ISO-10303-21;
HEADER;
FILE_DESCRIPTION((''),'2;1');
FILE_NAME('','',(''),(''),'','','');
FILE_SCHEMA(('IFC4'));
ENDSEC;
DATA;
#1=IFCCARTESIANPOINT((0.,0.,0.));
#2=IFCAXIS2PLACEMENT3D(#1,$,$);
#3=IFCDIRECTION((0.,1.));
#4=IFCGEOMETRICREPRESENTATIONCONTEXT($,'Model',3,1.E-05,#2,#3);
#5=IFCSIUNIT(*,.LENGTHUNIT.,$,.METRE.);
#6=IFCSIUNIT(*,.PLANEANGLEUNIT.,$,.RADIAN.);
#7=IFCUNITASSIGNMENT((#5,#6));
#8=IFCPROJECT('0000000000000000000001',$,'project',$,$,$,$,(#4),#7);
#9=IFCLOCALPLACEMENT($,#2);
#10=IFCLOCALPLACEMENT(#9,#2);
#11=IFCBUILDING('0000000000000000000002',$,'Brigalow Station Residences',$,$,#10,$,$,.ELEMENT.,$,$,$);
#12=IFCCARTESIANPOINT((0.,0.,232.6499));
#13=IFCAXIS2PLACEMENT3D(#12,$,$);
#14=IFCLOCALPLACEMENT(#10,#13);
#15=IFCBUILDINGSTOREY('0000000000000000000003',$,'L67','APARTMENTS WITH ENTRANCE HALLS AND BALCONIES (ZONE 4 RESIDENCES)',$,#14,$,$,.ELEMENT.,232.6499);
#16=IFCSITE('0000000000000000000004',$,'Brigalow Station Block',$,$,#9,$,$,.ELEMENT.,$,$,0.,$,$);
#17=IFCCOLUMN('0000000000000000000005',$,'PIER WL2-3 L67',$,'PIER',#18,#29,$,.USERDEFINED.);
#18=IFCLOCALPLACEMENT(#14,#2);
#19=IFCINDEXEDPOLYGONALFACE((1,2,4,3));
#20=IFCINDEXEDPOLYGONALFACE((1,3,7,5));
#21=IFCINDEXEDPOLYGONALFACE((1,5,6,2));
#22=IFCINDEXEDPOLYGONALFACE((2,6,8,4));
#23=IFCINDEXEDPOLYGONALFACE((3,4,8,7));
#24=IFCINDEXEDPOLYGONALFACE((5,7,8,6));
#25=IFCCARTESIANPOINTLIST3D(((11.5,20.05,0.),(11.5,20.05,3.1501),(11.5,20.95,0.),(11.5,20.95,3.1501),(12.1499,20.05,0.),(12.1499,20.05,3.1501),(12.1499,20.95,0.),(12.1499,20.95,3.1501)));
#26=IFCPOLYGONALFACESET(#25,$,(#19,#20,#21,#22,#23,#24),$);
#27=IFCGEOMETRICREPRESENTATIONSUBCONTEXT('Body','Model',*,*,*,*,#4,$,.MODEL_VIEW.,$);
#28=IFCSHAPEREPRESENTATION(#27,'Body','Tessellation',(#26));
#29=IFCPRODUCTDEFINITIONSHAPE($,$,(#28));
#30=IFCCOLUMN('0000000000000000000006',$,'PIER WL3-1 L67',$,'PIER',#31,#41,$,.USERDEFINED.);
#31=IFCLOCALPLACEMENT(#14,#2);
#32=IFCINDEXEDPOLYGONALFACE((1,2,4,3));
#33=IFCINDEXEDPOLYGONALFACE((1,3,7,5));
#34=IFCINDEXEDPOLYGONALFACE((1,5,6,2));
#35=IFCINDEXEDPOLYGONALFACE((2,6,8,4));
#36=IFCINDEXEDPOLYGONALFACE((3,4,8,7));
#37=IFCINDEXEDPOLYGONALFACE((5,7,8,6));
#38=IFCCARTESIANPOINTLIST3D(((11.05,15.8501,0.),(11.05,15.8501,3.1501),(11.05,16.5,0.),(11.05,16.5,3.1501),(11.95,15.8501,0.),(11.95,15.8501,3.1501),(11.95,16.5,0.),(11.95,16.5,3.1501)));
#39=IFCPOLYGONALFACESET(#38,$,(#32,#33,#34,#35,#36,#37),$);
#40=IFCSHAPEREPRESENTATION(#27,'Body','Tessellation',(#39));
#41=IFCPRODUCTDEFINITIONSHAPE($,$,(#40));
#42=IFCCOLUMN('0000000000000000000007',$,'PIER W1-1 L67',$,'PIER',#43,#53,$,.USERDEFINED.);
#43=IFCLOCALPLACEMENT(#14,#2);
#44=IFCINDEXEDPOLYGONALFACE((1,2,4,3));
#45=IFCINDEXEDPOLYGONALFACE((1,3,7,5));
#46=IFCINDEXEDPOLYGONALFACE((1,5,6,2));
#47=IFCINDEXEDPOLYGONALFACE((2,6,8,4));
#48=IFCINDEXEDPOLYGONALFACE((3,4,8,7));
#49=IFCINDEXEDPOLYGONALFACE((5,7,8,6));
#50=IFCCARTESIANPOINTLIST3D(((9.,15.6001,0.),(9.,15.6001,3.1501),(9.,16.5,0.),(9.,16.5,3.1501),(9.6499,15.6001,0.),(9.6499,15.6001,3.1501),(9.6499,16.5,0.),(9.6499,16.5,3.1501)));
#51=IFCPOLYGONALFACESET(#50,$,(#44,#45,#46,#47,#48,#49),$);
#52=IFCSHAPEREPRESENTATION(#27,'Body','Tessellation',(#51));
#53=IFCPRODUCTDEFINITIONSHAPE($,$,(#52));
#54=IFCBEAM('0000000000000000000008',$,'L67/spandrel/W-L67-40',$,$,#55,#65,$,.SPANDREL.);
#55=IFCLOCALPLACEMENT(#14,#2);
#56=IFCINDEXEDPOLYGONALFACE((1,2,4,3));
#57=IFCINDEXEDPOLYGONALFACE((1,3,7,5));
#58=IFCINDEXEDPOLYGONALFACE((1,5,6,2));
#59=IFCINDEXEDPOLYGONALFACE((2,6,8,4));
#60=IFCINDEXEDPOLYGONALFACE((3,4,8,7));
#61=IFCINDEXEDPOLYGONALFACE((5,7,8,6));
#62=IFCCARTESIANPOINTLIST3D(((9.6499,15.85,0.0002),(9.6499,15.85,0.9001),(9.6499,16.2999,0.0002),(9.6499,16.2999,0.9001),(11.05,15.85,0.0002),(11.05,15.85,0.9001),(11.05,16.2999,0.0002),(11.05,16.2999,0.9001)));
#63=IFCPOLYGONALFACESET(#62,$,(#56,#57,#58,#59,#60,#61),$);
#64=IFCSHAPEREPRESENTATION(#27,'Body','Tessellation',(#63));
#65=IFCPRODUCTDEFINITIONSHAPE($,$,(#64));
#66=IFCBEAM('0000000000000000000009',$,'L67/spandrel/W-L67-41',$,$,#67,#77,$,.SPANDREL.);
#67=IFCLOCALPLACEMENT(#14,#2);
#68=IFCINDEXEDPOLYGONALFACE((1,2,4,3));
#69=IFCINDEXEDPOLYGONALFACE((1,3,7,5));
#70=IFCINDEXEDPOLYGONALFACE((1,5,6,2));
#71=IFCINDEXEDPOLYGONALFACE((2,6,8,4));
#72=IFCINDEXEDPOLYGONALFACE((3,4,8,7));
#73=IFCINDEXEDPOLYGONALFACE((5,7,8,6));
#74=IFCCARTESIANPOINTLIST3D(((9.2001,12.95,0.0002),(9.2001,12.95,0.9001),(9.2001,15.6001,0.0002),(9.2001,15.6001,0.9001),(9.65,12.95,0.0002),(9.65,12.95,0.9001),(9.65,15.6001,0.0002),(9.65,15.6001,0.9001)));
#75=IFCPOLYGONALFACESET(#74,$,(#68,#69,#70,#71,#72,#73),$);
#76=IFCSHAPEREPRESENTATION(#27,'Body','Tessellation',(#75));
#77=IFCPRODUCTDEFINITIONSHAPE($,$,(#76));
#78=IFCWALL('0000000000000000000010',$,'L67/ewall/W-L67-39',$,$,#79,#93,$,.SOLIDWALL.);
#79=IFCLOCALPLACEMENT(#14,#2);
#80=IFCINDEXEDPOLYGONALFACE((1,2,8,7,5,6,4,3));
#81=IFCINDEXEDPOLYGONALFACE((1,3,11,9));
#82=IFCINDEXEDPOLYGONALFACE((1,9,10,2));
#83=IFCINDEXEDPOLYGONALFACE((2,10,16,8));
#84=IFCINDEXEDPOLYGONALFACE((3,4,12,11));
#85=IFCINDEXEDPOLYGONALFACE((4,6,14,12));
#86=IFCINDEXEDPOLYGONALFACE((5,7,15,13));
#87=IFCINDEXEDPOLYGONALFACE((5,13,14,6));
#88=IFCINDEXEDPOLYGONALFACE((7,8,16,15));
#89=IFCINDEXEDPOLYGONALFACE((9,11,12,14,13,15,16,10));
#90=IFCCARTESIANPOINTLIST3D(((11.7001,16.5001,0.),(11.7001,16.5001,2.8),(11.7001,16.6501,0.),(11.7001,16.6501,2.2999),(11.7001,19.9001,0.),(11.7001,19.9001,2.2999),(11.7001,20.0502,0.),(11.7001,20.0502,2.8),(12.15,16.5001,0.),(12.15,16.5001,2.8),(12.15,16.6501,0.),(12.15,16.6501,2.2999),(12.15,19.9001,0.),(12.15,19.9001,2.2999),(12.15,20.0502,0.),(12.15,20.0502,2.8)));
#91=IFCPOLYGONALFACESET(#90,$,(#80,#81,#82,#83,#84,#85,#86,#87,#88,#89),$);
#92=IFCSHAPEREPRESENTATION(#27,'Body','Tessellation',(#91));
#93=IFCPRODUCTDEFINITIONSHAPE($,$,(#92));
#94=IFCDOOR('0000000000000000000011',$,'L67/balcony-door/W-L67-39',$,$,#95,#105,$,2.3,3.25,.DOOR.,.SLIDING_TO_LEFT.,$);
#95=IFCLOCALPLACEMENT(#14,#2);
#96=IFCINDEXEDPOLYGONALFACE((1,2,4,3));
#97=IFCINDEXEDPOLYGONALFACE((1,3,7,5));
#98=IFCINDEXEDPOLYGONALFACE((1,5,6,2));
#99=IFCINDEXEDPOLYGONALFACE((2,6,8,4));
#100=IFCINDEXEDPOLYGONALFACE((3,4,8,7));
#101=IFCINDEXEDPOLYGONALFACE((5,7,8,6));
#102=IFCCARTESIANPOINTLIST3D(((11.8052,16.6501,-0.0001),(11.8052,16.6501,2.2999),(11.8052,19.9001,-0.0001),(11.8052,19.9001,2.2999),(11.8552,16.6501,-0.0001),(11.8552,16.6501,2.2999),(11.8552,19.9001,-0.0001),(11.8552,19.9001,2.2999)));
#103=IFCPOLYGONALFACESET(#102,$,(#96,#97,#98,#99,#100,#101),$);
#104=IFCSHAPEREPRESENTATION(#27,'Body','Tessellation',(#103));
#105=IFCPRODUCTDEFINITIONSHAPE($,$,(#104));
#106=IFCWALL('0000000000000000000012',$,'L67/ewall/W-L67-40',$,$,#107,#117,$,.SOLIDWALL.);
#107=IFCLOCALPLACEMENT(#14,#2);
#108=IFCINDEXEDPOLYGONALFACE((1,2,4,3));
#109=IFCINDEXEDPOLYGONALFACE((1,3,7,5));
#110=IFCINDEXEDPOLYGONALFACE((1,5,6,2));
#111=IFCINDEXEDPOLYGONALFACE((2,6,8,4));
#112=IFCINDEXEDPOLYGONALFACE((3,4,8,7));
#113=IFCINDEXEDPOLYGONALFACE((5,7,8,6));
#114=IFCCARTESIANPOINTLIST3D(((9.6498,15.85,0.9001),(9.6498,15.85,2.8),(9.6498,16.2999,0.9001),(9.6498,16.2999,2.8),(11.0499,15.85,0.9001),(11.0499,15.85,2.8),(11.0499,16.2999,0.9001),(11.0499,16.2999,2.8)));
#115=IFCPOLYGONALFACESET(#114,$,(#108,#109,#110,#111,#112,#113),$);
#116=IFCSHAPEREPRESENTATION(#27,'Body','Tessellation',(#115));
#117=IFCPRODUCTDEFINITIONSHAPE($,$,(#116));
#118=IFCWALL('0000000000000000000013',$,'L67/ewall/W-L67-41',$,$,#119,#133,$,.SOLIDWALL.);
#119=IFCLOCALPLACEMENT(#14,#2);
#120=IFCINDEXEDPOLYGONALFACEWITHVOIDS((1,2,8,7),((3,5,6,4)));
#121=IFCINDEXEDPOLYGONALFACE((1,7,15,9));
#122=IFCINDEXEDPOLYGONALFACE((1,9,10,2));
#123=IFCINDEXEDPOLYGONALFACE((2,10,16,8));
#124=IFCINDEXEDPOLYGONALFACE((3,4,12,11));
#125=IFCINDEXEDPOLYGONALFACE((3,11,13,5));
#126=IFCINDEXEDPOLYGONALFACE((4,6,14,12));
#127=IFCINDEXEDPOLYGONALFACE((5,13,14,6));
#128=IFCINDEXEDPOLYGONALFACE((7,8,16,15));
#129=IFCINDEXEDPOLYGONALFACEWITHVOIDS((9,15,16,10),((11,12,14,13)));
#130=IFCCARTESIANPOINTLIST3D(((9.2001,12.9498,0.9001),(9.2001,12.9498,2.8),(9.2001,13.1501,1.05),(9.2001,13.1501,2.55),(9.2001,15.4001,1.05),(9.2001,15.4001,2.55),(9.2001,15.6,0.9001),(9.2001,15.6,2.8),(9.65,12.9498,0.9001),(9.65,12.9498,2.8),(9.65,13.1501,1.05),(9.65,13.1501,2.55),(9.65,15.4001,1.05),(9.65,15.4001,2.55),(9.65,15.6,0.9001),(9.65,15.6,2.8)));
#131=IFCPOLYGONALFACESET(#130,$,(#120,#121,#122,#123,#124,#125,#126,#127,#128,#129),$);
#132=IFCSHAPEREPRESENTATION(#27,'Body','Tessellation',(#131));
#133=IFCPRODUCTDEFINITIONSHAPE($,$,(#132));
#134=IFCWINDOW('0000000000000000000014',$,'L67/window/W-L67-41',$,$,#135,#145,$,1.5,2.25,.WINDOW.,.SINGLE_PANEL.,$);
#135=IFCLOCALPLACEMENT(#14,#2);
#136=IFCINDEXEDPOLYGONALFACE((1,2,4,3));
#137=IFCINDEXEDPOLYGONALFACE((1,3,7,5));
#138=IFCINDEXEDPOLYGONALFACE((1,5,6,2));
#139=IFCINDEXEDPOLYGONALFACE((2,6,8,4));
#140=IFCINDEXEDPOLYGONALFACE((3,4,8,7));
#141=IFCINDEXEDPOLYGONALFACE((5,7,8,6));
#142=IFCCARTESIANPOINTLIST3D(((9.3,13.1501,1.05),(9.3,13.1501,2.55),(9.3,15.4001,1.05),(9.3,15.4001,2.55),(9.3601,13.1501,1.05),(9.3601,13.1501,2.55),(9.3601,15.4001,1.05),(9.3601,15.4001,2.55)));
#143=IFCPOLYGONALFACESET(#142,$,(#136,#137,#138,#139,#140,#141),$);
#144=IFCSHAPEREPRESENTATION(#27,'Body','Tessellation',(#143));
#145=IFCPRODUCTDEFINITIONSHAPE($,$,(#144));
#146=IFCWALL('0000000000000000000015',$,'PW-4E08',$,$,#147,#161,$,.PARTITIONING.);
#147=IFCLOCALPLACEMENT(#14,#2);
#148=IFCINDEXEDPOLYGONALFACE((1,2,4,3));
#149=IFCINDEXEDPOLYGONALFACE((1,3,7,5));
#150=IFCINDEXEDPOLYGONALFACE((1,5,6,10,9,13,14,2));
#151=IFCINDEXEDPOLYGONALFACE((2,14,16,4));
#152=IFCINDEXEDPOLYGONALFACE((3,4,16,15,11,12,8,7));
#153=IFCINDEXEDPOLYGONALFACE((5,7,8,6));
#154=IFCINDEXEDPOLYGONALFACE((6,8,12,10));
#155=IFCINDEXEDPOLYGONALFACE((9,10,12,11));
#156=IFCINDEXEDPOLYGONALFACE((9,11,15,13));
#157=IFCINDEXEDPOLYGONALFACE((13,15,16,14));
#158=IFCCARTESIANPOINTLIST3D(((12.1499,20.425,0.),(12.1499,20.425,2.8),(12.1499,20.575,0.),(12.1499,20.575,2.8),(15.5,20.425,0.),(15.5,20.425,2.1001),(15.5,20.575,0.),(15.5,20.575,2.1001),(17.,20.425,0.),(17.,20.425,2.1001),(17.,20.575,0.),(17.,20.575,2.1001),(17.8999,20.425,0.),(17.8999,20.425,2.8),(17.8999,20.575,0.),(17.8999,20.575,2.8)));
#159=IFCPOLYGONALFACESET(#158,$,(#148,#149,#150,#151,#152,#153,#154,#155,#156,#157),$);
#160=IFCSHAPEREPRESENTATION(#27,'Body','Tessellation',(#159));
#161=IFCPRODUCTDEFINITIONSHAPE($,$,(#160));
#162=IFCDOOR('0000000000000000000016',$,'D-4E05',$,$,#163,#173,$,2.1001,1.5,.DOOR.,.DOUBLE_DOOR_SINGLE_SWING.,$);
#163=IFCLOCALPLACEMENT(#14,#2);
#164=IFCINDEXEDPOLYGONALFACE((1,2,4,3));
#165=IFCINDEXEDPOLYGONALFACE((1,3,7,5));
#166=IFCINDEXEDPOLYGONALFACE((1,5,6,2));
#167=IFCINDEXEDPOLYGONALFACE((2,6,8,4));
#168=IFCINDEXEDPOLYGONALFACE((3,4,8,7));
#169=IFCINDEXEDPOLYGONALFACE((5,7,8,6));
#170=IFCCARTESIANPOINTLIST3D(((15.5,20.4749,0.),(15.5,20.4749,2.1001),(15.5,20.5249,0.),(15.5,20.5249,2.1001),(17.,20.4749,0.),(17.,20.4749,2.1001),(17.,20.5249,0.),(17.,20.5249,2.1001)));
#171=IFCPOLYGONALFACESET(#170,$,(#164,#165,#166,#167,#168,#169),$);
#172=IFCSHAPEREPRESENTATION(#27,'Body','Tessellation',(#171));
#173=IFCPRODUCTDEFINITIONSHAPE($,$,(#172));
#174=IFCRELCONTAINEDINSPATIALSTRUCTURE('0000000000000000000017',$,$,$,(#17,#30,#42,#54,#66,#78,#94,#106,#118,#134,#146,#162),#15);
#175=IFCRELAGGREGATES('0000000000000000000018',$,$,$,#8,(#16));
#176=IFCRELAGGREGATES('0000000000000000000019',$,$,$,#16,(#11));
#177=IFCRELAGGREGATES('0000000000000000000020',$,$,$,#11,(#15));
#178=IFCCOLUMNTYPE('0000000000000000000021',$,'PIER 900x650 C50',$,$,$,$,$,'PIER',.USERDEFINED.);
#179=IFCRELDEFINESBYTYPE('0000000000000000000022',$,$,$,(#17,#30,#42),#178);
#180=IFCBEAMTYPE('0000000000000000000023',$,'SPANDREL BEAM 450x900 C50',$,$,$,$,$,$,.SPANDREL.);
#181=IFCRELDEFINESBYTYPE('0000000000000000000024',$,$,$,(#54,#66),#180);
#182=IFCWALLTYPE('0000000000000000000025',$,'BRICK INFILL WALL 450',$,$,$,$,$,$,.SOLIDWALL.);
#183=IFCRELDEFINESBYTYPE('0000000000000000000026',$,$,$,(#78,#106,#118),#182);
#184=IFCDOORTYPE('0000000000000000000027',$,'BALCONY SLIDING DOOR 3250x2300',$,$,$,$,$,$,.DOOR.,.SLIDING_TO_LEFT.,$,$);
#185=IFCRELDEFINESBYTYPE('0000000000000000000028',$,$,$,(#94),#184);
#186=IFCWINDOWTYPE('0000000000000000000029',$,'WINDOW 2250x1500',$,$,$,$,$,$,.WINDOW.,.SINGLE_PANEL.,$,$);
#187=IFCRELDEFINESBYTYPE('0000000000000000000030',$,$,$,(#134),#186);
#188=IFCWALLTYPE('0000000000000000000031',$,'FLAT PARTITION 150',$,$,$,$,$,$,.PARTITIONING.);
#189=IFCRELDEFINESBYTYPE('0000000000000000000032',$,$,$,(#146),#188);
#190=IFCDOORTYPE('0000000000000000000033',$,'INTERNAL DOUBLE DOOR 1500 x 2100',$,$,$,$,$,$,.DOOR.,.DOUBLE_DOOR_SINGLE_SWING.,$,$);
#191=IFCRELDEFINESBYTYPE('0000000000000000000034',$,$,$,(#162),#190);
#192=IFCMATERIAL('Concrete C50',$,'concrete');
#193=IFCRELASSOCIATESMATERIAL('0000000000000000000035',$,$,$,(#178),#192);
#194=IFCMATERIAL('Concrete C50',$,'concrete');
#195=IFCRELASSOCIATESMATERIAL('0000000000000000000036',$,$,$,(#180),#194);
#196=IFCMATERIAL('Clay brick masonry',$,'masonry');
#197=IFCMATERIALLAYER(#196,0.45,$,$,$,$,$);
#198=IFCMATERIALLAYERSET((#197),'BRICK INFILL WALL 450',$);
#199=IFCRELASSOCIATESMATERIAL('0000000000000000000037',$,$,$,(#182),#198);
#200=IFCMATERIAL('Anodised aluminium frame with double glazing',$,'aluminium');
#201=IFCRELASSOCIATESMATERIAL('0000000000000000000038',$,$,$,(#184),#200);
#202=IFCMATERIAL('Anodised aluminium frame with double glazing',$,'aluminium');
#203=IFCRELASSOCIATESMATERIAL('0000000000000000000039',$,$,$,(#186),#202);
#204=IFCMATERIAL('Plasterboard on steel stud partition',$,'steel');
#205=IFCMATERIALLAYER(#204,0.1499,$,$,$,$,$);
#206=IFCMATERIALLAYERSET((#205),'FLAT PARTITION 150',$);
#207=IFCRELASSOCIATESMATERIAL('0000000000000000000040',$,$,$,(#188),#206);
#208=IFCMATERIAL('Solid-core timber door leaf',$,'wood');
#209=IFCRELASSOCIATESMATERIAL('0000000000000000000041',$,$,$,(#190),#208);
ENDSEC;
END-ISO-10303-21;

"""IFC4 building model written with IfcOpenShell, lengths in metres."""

from ifc_helpers import new_model, si_unit, direction, frame, frame_2d, origin, origin_2d, place, context, subcontext, project, spatial, rectangle, extrude, material, layer, layer_set, material_profile, profile_set, type_object, element, fill, save


model = new_model("IFC4")

# Units and contexts
model_context = context("Model", 3, precision=1e-05, world=origin(), true_north=direction((0.0, 1.0)))
body_context = subcontext(model_context, "Body", "Model", "MODEL_VIEW")
ifc_project = project(units=[si_unit("LENGTHUNIT", "METRE"), si_unit("PLANEANGLEUNIT", "RADIAN")], contexts=[model_context])

# Site, building, storey
site_placement = place(None, origin())
site = spatial("IfcSite", under=ifc_project, at=site_placement, Name="Brigalow Station Block", CompositionType="ELEMENT", RefElevation=0.0)
building_placement = place(site_placement, origin())
building = spatial("IfcBuilding", under=site, at=building_placement, Name="Brigalow Station Residences", CompositionType="ELEMENT")
storey_placement = place(building_placement, frame((0.0, 0.0, 232.6499)))
storey = spatial("IfcBuildingStorey", under=building, at=storey_placement, Name="L67", Description="APARTMENTS WITH ENTRANCE HALLS AND BALCONIES (ZONE 4 RESIDENCES)", CompositionType="ELEMENT", Elevation=232.6499)

# Columns
ifc_material_1 = material(Name="Concrete C50", Category="concrete")
ifc_material_profile_1 = material_profile(ifc_material_1, rectangle(XDim=0.8999, YDim=0.6499, at=origin_2d()), Name="RC900x650")
ifc_profile_set_1 = profile_set([ifc_material_profile_1], Name="Concrete C50")
column_type = type_object("IfcColumnType", Name="PIER 900x650 C50", ElementType="PIER", PredefinedType="USERDEFINED", material=ifc_profile_set_1)
for number, where, z_axis, x_axis, name in (
    (1, (11.825, 20.5, 0.0), (0.0, 0.0, 1.0), (0.0, -1.0, 0.0), "PIER WL2-3 L67"),
    (2, (11.5, 16.175, 0.0), (0.0, 0.0, 1.0), (-1.0, 0.0, 0.0), "PIER WL3-1 L67"),
    (3, (9.325, 16.05, 0.0), (0.0, 0.0, 1.0), (0.0, -1.0, 0.0), "PIER W1-1 L67"),
):
    element("IfcColumn", number, at=place(storey_placement, frame(where, z_axis=z_axis, x_axis=x_axis)), inside=storey, type_object=column_type, Name=name, ObjectType="PIER", PredefinedType="USERDEFINED", context=body_context, shape_type="SweptSolid", body=[
        extrude(rectangle(XDim=0.8999, YDim=0.6499, at=origin_2d()), origin(), (0.0, 0.0, 1.0), 3.1501),
    ])

# Beams
ifc_material_2 = material(Name="Concrete C50", Category="concrete")
ifc_material_profile_2 = material_profile(ifc_material_2, rectangle(XDim=0.45, YDim=0.8999, at=origin_2d()), Name="RC450x900")
ifc_profile_set_2 = profile_set([ifc_material_profile_2], Name="Concrete C50")
beam_type = type_object("IfcBeamType", Name="SPANDREL BEAM 450x900 C50", PredefinedType="SPANDREL", material=ifc_profile_set_2)
beam_1_placement = place(storey_placement, frame((11.05, 16.075, 0.4502), z_axis=(-1.0, 0.0, 0.0), x_axis=(0.0, -1.0, 0.0)))
element("IfcBeam", 4, at=beam_1_placement, inside=storey, type_object=beam_type, Name="L67/spandrel/W-L67-40", PredefinedType="SPANDREL", context=body_context, shape_type="SweptSolid", body=[
    extrude(rectangle(XDim=0.45, YDim=0.8999, at=origin_2d()), origin(), (0.0, 0.0, 1.0), 1.4001),
])
beam_2_placement = place(storey_placement, frame((9.425, 15.6001, 0.4502), z_axis=(0.0, -1.0, 0.0), x_axis=(1.0, 0.0, 0.0)))
element("IfcBeam", 5, at=beam_2_placement, inside=storey, type_object=beam_type, Name="L67/spandrel/W-L67-41", PredefinedType="SPANDREL", context=body_context, shape_type="SweptSolid", body=[
    extrude(rectangle(XDim=0.45, YDim=0.8999, at=origin_2d()), origin(), (0.0, 0.0, 1.0), 2.6501),
])

# Wall, opening, door
ifc_material_3 = material(Name="Clay brick masonry", Category="masonry")
ifc_layer_1 = layer(ifc_material_3, 0.45)
ifc_layer_set_1 = layer_set([ifc_layer_1], Name="BRICK INFILL WALL 450")
wall_type_1 = type_object("IfcWallType", Name="BRICK INFILL WALL 450", PredefinedType="SOLIDWALL", material=ifc_layer_set_1)
wall_1_placement = place(storey_placement, frame((11.925, 20.05, 0.0), z_axis=(0.0, 0.0, 1.0), x_axis=(0.0, -1.0, 0.0)))
wall_1 = element("IfcWall", 6, at=wall_1_placement, inside=storey, type_object=wall_type_1, Name="L67/ewall/W-L67-39", PredefinedType="SOLIDWALL", context=body_context, shape_type="SweptSolid", body=[
    extrude(rectangle(XDim=3.55, YDim=0.45, at=frame_2d((1.7749, 0.0))), origin(), (0.0, 0.0, 1.0), 2.8),
])
opening_1_placement = place(wall_1_placement, frame((0.1499, 0.0, 0.0)))
opening_1 = element("IfcOpeningElement", 7, at=opening_1_placement, cuts=wall_1, PredefinedType="OPENING", context=body_context, shape_type="SweptSolid", body=[
    extrude(rectangle(XDim=3.25, YDim=2.3, at=frame_2d((1.625, 1.1499))), frame((0.0, 0.2349, 0.0), z_axis=(0.0, -1.0, 0.0), x_axis=(1.0, 0.0, 0.0)), (0.0, 0.0, 1.0), 0.47),
])
ifc_material_4 = material(Name="Anodised aluminium frame with double glazing", Category="aluminium")
door_type_1 = type_object("IfcDoorType", Name="BALCONY SLIDING DOOR 3250x2300", OperationType="SLIDING_TO_LEFT", PredefinedType="DOOR", material=ifc_material_4)
door_1_placement = place(opening_1_placement, origin())
door_1 = element("IfcDoor", 8, at=door_1_placement, inside=storey, type_object=door_type_1, Name="L67/balcony-door/W-L67-39", OperationType="SLIDING_TO_LEFT", OverallHeight=2.3, OverallWidth=3.25, PredefinedType="DOOR", context=body_context, shape_type="SweptSolid", body=[
    extrude(rectangle(XDim=3.25, YDim=2.3, at=frame_2d((1.625, 1.1499))), frame((0.0, -0.0698, 0.0), z_axis=(0.0, -1.0, 0.0), x_axis=(1.0, 0.0, 0.0)), (0.0, 0.0, 1.0), 0.05),
])
fill(opening_1, door_1)

# Wall
wall_2_placement = place(storey_placement, frame((11.05, 16.075, 0.9001), z_axis=(0.0, 0.0, 1.0), x_axis=(-1.0, 0.0, 0.0)))
element("IfcWall", 9, at=wall_2_placement, inside=storey, type_object=wall_type_1, Name="L67/ewall/W-L67-40", PredefinedType="SOLIDWALL", context=body_context, shape_type="SweptSolid", body=[
    extrude(rectangle(XDim=1.4001, YDim=0.45, at=frame_2d((0.7002, 0.0))), origin(), (0.0, 0.0, 1.0), 1.8999),
])

# Wall, opening, window
wall_3_placement = place(storey_placement, frame((9.425, 15.6001, 0.9001), z_axis=(0.0, 0.0, 1.0), x_axis=(0.0, -1.0, 0.0)))
wall_3 = element("IfcWall", 10, at=wall_3_placement, inside=storey, type_object=wall_type_1, Name="L67/ewall/W-L67-41", PredefinedType="SOLIDWALL", context=body_context, shape_type="SweptSolid", body=[
    extrude(rectangle(XDim=2.6501, YDim=0.45, at=frame_2d((1.3252, 0.0))), origin(), (0.0, 0.0, 1.0), 1.8999),
])
opening_2_placement = place(wall_3_placement, frame((0.2, 0.0, 0.1499)))
opening_2 = element("IfcOpeningElement", 11, at=opening_2_placement, cuts=wall_3, PredefinedType="OPENING", context=body_context, shape_type="SweptSolid", body=[
    extrude(rectangle(XDim=2.25, YDim=1.5, at=frame_2d((1.125, 0.75))), frame((0.0, 0.2349, 0.0), z_axis=(0.0, -1.0, 0.0), x_axis=(1.0, 0.0, 0.0)), (0.0, 0.0, 1.0), 0.47),
])
ifc_material_5 = material(Name="Anodised aluminium frame with double glazing", Category="aluminium")
window_type = type_object("IfcWindowType", Name="WINDOW 2250x1500", PartitioningType="SINGLE_PANEL", PredefinedType="WINDOW", material=ifc_material_5)
window_placement = place(opening_2_placement, origin())
window = element("IfcWindow", 12, at=window_placement, inside=storey, type_object=window_type, Name="L67/window/W-L67-41", OverallHeight=1.5, OverallWidth=2.25, PartitioningType="SINGLE_PANEL", PredefinedType="WINDOW", context=body_context, shape_type="SweptSolid", body=[
    extrude(rectangle(XDim=2.25, YDim=1.5, at=frame_2d((1.125, 0.75))), frame((0.0, -0.0649, 0.0), z_axis=(0.0, -1.0, 0.0), x_axis=(1.0, 0.0, 0.0)), (0.0, 0.0, 1.0), 0.0601),
])
fill(opening_2, window)

# Wall, opening, door
ifc_material_6 = material(Name="Plasterboard on steel stud partition", Category="steel")
ifc_layer_2 = layer(ifc_material_6, 0.1499)
ifc_layer_set_2 = layer_set([ifc_layer_2], Name="FLAT PARTITION 150")
wall_type_2 = type_object("IfcWallType", Name="FLAT PARTITION 150", PredefinedType="PARTITIONING", material=ifc_layer_set_2)
wall_4_placement = place(storey_placement, frame((12.1499, 20.5, 0.0), z_axis=(0.0, 0.0, 1.0), x_axis=(1.0, 0.0, 0.0)))
wall_4 = element("IfcWall", 13, at=wall_4_placement, inside=storey, type_object=wall_type_2, Name="PW-4E08", PredefinedType="PARTITIONING", context=body_context, shape_type="SweptSolid", body=[
    extrude(rectangle(XDim=5.75, YDim=0.1499, at=frame_2d((2.875, 0.0))), origin(), (0.0, 0.0, 1.0), 2.8),
])
opening_3_placement = place(wall_4_placement, frame((3.3501, 0.0, 0.0)))
opening_3 = element("IfcOpeningElement", 14, at=opening_3_placement, cuts=wall_4, PredefinedType="OPENING", context=body_context, shape_type="SweptSolid", body=[
    extrude(rectangle(XDim=1.5, YDim=2.1001, at=frame_2d((0.75, 1.05))), frame((0.0, 0.085, 0.0), z_axis=(0.0, -1.0, 0.0), x_axis=(1.0, 0.0, 0.0)), (0.0, 0.0, 1.0), 0.1699),
])
ifc_material_7 = material(Name="Solid-core timber door leaf", Category="wood")
door_type_2 = type_object("IfcDoorType", Name="INTERNAL DOUBLE DOOR 1500 x 2100", OperationType="DOUBLE_DOOR_SINGLE_SWING", PredefinedType="DOOR", material=ifc_material_7)
door_2_placement = place(opening_3_placement, origin())
door_2 = element("IfcDoor", 15, at=door_2_placement, inside=storey, type_object=door_type_2, Name="D-4E05", OperationType="DOUBLE_DOOR_SINGLE_SWING", OverallHeight=2.1001, OverallWidth=1.5, PredefinedType="DOOR", context=body_context, shape_type="SweptSolid", body=[
    extrude(rectangle(XDim=1.5, YDim=2.1001, at=frame_2d((0.75, 1.05))), frame((0.0, 0.0249, 0.0), z_axis=(0.0, -1.0, 0.0), x_axis=(1.0, 0.0, 0.0)), (0.0, 0.0, 1.0), 0.05),
])
fill(opening_3, door_2)

save(model, "model.ifc")
